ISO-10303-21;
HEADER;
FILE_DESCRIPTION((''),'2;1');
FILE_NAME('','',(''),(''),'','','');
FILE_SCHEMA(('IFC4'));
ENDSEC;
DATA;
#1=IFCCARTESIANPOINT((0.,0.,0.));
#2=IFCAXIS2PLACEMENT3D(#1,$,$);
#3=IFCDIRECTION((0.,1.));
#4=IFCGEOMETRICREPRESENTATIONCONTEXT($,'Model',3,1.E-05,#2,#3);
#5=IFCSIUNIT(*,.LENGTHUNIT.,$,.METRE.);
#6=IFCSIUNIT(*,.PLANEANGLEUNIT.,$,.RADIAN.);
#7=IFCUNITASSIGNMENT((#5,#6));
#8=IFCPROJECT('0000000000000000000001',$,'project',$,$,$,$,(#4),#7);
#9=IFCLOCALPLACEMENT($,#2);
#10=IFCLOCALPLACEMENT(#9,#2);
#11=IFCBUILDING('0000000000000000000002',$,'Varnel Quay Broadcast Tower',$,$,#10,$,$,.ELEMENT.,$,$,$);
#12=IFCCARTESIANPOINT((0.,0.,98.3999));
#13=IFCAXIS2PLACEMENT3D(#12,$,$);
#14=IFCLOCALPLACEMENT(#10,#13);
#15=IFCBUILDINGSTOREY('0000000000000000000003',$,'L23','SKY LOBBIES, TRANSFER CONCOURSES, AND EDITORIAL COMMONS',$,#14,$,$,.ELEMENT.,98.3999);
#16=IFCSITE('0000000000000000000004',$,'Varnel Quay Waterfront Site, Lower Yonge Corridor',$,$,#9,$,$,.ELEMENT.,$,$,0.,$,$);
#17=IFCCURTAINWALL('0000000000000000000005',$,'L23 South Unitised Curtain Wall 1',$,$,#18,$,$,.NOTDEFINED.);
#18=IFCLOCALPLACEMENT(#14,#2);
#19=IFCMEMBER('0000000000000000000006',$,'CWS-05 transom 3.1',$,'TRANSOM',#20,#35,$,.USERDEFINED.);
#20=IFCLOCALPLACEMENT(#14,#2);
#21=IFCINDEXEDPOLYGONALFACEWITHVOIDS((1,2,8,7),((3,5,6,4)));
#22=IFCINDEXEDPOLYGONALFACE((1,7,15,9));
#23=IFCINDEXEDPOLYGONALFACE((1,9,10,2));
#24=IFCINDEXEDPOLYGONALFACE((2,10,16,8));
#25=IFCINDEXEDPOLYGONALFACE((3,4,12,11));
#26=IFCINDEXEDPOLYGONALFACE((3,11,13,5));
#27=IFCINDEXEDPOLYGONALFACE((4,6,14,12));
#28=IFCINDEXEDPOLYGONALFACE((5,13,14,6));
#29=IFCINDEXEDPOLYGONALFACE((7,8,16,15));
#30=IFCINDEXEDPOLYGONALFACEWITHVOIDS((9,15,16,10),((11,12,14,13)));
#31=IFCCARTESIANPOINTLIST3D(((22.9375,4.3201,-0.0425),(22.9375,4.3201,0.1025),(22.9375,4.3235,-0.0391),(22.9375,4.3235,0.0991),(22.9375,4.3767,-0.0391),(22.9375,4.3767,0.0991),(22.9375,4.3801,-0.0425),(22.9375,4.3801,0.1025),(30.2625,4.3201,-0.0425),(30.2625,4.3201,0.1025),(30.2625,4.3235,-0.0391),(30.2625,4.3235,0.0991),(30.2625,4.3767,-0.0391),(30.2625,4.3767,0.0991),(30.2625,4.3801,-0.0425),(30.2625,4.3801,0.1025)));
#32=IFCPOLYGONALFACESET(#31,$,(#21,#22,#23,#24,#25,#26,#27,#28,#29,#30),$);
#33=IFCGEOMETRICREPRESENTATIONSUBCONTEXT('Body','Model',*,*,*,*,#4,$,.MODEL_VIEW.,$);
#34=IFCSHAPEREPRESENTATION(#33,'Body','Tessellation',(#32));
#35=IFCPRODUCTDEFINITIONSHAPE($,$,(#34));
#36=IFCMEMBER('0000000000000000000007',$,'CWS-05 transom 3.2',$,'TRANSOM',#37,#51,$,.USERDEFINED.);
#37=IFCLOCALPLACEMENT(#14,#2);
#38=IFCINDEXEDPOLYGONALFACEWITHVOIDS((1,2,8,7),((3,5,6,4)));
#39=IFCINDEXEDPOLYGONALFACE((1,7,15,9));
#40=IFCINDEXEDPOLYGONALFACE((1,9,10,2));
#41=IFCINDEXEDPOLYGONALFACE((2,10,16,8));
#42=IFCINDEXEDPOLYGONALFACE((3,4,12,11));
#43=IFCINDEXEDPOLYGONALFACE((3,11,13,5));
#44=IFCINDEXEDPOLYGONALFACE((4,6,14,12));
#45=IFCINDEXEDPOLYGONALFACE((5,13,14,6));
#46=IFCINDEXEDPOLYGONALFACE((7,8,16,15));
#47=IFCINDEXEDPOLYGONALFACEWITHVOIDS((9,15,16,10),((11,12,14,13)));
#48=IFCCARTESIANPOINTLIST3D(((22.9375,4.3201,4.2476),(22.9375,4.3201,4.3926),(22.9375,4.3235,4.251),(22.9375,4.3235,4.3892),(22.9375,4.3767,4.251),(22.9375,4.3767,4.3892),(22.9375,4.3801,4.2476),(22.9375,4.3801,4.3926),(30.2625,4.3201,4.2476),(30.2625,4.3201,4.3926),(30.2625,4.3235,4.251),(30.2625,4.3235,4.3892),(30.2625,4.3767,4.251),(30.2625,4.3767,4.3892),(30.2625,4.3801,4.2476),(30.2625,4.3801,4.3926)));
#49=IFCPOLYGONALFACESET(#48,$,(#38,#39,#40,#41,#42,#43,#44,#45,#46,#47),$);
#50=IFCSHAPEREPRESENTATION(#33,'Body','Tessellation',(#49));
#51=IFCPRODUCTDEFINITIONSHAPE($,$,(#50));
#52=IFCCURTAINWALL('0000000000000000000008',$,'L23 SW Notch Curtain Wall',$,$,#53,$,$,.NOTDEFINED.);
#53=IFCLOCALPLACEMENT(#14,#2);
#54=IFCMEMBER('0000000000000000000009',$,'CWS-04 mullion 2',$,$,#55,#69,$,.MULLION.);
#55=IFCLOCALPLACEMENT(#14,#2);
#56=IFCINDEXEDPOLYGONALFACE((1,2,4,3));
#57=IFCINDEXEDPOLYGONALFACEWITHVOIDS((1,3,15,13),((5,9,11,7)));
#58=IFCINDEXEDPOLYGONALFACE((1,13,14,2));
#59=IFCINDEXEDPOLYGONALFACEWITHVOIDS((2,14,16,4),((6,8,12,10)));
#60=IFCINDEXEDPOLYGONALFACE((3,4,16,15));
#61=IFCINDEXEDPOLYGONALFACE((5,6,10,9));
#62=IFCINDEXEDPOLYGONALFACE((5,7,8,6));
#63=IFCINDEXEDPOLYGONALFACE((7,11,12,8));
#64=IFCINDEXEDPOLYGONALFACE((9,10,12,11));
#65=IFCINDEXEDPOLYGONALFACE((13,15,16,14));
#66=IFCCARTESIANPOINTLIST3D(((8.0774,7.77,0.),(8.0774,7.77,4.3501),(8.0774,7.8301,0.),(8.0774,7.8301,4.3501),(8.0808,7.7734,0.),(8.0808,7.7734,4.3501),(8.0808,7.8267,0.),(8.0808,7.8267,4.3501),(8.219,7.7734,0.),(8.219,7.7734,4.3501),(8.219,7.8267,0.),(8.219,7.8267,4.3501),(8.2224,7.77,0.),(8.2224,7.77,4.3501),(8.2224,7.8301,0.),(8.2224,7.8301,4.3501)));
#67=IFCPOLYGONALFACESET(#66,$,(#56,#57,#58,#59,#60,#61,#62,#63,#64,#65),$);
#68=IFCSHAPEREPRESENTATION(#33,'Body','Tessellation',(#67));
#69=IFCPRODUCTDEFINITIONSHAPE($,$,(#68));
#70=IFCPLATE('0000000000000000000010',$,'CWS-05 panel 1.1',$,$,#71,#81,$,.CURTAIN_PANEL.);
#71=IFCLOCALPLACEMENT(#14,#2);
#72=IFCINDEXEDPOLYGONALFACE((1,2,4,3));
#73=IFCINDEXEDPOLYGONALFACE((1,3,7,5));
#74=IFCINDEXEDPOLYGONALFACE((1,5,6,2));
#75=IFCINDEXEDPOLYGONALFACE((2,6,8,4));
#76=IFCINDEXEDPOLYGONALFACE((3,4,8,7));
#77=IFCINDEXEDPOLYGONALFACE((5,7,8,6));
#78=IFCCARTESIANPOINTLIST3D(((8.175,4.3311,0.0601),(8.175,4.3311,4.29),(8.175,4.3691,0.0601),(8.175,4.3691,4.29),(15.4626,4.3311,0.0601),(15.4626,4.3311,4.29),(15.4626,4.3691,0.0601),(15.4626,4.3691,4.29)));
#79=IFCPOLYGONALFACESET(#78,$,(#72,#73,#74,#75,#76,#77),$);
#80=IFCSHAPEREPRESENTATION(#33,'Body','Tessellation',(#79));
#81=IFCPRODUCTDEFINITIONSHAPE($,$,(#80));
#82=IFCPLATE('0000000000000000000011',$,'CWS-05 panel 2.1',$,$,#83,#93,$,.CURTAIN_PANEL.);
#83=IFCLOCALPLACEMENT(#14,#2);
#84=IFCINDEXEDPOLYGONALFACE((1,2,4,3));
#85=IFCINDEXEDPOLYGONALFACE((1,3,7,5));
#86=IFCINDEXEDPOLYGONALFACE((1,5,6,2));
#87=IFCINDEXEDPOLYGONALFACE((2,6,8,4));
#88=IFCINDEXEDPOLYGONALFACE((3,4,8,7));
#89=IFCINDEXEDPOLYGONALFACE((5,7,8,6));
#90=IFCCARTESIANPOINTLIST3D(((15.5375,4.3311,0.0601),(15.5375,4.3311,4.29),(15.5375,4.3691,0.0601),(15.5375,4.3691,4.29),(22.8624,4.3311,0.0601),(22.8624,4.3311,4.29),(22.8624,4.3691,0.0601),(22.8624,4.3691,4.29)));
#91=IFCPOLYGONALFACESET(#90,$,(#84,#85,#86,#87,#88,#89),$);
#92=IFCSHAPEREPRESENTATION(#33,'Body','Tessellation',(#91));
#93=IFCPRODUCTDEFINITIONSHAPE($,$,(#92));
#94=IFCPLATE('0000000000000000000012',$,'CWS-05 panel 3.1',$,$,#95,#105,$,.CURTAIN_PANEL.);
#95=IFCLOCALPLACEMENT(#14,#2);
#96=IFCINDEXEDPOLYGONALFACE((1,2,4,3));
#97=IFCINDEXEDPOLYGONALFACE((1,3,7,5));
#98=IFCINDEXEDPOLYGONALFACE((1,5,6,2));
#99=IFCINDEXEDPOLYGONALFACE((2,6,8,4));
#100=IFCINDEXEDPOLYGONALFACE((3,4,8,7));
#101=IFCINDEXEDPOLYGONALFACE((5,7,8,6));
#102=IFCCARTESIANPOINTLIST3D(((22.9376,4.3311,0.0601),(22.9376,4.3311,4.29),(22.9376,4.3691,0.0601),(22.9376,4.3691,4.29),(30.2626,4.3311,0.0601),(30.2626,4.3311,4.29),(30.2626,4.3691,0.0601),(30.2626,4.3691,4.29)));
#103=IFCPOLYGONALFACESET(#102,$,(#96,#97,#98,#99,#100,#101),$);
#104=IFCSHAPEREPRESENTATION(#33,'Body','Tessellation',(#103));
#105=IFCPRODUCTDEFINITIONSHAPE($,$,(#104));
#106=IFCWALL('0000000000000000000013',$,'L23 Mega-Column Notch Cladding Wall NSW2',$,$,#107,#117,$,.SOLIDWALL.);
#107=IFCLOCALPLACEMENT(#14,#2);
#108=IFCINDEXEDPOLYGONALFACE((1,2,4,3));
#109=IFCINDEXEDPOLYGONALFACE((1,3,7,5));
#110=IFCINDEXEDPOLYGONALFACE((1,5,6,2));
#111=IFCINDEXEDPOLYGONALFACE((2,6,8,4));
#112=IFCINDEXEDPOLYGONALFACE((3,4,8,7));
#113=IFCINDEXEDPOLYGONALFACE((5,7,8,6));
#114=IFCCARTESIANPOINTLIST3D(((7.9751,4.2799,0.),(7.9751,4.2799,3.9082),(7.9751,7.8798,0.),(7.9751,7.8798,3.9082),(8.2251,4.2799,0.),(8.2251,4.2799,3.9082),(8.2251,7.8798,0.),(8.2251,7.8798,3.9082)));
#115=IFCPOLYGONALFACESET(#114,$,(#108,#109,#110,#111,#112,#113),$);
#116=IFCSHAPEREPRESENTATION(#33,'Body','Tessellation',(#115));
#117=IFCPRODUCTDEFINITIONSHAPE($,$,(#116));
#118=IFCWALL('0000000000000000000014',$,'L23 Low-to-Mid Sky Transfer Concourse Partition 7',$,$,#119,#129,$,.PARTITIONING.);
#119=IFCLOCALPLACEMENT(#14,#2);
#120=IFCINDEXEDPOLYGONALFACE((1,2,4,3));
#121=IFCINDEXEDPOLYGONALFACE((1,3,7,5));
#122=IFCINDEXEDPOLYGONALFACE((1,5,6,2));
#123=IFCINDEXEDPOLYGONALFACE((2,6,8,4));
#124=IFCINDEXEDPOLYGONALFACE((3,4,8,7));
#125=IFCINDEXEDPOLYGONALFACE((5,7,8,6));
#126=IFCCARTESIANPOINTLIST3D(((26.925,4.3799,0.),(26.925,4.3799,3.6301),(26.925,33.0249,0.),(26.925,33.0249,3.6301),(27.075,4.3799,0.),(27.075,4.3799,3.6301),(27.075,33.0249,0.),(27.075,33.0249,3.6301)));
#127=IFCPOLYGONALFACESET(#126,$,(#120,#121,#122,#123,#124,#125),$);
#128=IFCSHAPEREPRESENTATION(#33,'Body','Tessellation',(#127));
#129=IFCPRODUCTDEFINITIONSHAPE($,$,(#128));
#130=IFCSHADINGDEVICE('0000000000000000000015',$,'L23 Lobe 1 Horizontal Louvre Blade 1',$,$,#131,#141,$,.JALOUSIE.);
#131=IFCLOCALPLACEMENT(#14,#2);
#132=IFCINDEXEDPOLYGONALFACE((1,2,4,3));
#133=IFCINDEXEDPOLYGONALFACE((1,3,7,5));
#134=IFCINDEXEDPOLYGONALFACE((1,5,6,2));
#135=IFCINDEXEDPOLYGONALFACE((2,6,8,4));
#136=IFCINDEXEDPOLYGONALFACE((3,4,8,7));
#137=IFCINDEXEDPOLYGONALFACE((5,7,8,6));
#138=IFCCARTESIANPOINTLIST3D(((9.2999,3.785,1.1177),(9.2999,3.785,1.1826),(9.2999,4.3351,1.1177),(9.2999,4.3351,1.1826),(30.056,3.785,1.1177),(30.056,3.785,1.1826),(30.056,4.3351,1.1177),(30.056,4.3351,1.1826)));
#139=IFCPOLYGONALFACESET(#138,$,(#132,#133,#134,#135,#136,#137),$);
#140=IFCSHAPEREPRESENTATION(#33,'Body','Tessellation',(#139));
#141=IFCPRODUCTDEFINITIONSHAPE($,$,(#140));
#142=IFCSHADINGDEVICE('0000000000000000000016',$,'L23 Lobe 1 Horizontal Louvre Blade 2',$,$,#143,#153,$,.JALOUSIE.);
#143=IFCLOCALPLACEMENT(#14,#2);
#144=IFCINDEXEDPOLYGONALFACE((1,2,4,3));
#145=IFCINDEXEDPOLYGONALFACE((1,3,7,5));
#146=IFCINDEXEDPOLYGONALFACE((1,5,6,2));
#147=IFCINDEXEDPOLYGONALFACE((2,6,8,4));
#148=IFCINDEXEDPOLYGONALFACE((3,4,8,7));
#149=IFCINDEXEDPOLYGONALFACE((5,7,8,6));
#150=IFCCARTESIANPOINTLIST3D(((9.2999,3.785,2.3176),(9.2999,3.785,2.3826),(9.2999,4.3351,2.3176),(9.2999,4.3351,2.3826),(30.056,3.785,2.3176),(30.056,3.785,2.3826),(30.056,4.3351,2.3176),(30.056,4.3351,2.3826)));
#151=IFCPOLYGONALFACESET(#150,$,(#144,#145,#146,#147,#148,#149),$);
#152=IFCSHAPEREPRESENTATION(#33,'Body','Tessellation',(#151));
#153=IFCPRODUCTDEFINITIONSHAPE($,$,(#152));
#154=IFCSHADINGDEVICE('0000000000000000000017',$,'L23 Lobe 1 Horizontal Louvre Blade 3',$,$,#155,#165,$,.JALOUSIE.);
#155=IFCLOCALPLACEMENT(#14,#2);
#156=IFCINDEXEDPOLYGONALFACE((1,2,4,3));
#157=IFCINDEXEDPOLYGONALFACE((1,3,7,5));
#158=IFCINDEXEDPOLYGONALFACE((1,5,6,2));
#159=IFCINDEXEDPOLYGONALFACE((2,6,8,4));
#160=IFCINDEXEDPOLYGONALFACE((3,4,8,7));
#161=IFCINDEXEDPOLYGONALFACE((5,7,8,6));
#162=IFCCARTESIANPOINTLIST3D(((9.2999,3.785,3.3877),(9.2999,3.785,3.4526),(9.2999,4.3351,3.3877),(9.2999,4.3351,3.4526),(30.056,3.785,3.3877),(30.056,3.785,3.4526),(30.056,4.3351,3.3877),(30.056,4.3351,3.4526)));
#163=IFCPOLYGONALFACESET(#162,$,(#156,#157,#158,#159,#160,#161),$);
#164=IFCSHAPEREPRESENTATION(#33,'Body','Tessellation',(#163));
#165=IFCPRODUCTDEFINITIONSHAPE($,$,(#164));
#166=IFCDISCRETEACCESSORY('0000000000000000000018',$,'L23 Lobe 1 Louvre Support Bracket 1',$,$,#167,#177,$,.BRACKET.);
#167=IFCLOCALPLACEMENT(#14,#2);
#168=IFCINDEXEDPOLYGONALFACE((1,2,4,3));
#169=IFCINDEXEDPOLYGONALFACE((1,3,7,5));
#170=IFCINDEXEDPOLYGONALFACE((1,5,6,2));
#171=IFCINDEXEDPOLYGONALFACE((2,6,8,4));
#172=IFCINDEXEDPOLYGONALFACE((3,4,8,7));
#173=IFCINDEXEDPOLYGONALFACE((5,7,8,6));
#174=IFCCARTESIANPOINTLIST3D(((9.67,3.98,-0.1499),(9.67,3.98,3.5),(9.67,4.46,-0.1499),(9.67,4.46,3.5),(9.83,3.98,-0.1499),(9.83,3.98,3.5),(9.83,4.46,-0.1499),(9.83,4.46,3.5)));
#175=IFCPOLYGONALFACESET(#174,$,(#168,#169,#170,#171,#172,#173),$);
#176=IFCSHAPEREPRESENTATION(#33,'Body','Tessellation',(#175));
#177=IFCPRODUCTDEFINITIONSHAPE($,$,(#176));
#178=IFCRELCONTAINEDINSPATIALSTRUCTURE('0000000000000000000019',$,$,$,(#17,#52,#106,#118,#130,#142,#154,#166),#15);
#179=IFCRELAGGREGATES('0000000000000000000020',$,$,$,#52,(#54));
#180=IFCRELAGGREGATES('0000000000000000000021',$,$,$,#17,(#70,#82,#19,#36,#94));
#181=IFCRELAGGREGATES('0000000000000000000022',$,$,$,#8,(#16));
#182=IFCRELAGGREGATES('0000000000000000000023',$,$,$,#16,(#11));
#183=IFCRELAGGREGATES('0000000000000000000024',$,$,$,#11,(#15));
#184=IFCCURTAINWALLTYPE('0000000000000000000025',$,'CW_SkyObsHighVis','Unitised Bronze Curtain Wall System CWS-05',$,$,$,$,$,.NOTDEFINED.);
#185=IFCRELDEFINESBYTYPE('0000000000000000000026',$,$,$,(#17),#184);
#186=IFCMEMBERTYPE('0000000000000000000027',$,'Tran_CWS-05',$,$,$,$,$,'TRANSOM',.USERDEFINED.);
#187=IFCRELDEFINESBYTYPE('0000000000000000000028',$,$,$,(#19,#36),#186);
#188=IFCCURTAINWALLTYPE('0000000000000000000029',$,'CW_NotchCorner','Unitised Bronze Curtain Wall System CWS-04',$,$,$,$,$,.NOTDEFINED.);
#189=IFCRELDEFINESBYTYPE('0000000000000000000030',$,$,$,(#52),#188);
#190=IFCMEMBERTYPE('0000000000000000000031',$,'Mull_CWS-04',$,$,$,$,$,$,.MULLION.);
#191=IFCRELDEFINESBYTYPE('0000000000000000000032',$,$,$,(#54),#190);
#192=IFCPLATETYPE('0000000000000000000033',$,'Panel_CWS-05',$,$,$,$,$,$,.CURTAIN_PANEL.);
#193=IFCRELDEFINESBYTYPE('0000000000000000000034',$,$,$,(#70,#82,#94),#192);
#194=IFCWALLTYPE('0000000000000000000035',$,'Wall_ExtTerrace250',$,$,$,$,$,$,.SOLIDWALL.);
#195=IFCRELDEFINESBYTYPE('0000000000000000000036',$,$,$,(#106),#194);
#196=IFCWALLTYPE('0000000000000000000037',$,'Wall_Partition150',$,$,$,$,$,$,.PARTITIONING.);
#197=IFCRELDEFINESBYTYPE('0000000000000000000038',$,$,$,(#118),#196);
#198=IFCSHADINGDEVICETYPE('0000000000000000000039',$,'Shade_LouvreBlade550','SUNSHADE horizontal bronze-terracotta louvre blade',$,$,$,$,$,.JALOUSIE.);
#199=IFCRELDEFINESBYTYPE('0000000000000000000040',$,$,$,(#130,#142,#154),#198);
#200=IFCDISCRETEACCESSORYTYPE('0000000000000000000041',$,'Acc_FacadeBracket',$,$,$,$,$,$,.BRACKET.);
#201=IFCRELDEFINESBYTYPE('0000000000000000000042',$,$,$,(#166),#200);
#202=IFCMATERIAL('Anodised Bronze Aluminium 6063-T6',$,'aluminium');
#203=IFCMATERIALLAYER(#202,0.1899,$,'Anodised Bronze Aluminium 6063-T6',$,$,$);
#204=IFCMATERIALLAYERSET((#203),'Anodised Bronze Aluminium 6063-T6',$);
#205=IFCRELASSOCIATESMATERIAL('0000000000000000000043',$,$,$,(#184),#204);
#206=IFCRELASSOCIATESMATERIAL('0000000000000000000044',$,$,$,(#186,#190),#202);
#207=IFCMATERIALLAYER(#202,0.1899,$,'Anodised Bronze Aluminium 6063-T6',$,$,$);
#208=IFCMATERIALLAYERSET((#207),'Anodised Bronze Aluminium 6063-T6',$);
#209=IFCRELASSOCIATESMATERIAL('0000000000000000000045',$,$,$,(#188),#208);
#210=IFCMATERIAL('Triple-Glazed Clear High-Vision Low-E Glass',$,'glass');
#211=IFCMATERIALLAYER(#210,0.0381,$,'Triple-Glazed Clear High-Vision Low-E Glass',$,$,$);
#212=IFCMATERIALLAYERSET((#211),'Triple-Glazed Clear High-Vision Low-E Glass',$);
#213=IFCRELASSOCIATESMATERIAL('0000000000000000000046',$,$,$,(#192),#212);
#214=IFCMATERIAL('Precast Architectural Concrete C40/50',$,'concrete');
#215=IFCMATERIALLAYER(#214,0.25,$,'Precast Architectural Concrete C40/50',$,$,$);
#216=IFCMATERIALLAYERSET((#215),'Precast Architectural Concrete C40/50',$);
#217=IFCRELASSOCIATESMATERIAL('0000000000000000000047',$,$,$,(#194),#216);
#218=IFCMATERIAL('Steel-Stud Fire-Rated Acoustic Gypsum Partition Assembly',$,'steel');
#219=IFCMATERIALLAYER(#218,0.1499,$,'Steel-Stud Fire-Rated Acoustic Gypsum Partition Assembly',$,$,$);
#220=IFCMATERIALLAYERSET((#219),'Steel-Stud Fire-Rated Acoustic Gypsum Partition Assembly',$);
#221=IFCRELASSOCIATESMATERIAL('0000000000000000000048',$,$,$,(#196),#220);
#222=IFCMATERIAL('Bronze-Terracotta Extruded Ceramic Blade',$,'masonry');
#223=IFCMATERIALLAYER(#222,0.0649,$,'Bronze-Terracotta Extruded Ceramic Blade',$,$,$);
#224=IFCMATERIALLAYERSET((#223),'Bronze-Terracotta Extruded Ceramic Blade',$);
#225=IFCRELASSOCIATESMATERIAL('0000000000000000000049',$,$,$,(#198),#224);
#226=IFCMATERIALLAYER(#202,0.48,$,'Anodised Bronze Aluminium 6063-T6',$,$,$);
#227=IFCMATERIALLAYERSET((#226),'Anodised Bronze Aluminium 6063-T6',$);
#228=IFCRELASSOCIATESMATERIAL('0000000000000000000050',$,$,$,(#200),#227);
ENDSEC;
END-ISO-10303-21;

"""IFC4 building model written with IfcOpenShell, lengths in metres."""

from ifc_helpers import new_model, si_unit, direction, frame, frame_2d, origin, origin_2d, place, context, subcontext, project, spatial, rectangle, hollow_rectangle, extrude, source, transform, mapped, material, layer, layer_set, material_profile, profile_set, type_object, type_shapes, element, aggregate, save


model = new_model("IFC4")

# Units and contexts
model_context = context("Model", 3, precision=1e-05, world=origin(), true_north=direction((0.0, 1.0)))
body_context = subcontext(model_context, "Body", "Model", "MODEL_VIEW")
ifc_project = project(units=[si_unit("LENGTHUNIT", "METRE"), si_unit("PLANEANGLEUNIT", "RADIAN")], contexts=[model_context])

# Site, building, storey
site_placement = place(None, origin())
site = spatial("IfcSite", under=ifc_project, at=site_placement, Name="Varnel Quay Waterfront Site, Lower Yonge Corridor", CompositionType="ELEMENT", RefElevation=0.0)
building_placement = place(site_placement, origin())
building = spatial("IfcBuilding", under=site, at=building_placement, Name="Varnel Quay Broadcast Tower", CompositionType="ELEMENT")
storey_placement = place(building_placement, frame((0.0, 0.0, 98.3999)))
storey = spatial("IfcBuildingStorey", under=building, at=storey_placement, Name="L23", Description="SKY LOBBIES, TRANSFER CONCOURSES, AND EDITORIAL COMMONS", CompositionType="ELEMENT", Elevation=98.3999)

# Curtain wall, members
ifc_material_1 = material(Name="Anodised Bronze Aluminium 6063-T6", Category="aluminium")
ifc_layer_1 = layer(ifc_material_1, 0.1899, Name="Anodised Bronze Aluminium 6063-T6")
ifc_layer_set_1 = layer_set([ifc_layer_1], Name="Anodised Bronze Aluminium 6063-T6")
curtain_wall_type_1 = type_object("IfcCurtainWallType", Name="CW_SkyObsHighVis", Description="Unitised Bronze Curtain Wall System CWS-05", PredefinedType="NOTDEFINED", material=ifc_layer_set_1)
curtain_wall_1_placement = place(storey_placement, origin())
curtain_wall_1 = element("IfcCurtainWall", 1, at=curtain_wall_1_placement, inside=storey, type_object=curtain_wall_type_1, Name="L23 South Unitised Curtain Wall 1", PredefinedType="NOTDEFINED")
ifc_material_profile_1 = material_profile(ifc_material_1, hollow_rectangle(XDim=0.0601, YDim=0.145, WallThickness=0.0034, at=origin_2d()), Name="ALU60X145X3.5")
ifc_profile_set_1 = profile_set([ifc_material_profile_1], Name="Anodised Bronze Aluminium 6063-T6")
member_type_1 = type_object("IfcMemberType", Name="Tran_CWS-05", ElementType="TRANSOM", PredefinedType="USERDEFINED", material=ifc_profile_set_1)
shared_shape_1 = source(origin(), body_context, "Body", "SweptSolid", [
    extrude(hollow_rectangle(XDim=0.0601, YDim=0.145, WallThickness=0.0034, at=origin_2d()), origin(), (0.0, 0.0, 1.0), 7.325),
])
member_1_placement = place(storey_placement, frame((22.9375, 4.3501, 0.03), z_axis=(1.0, 0.0, 0.0), x_axis=(0.0, 1.0, 0.0)))
member_1 = element("IfcMember", 2, at=member_1_placement, type_object=member_type_1, Name="CWS-05 transom 3.1", ObjectType="TRANSOM", PredefinedType="USERDEFINED", context=body_context, shape_type="MappedRepresentation", body=[
    mapped(shared_shape_1, transform((0.0, 0.0, 0.0), x_axis=(1.0, 0.0, 0.0), y_axis=(0.0, 1.0, 0.0), z_axis=(0.0, 0.0, 1.0), scale=1.0)),
])
member_2_placement = place(storey_placement, frame((22.9375, 4.3501, 4.3201), z_axis=(1.0, 0.0, 0.0), x_axis=(0.0, 1.0, 0.0)))
member_2 = element("IfcMember", 3, at=member_2_placement, type_object=member_type_1, Name="CWS-05 transom 3.2", ObjectType="TRANSOM", PredefinedType="USERDEFINED", context=body_context, shape_type="MappedRepresentation", body=[
    mapped(shared_shape_1, transform((0.0, 0.0, 0.0), x_axis=(1.0, 0.0, 0.0), y_axis=(0.0, 1.0, 0.0), z_axis=(0.0, 0.0, 1.0), scale=1.0)),
])

# Curtain wall, member
ifc_layer_2 = layer(ifc_material_1, 0.1899, Name="Anodised Bronze Aluminium 6063-T6")
ifc_layer_set_2 = layer_set([ifc_layer_2], Name="Anodised Bronze Aluminium 6063-T6")
curtain_wall_type_2 = type_object("IfcCurtainWallType", Name="CW_NotchCorner", Description="Unitised Bronze Curtain Wall System CWS-04", PredefinedType="NOTDEFINED", material=ifc_layer_set_2)
curtain_wall_2_placement = place(storey_placement, origin())
curtain_wall_2 = element("IfcCurtainWall", 4, at=curtain_wall_2_placement, inside=storey, type_object=curtain_wall_type_2, Name="L23 SW Notch Curtain Wall", PredefinedType="NOTDEFINED")
ifc_material_profile_2 = material_profile(ifc_material_1, hollow_rectangle(XDim=0.0601, YDim=0.145, WallThickness=0.0034, at=origin_2d()), Name="ALU60X145X3.5")
ifc_profile_set_2 = profile_set([ifc_material_profile_2], Name="Anodised Bronze Aluminium 6063-T6")
member_type_2 = type_object("IfcMemberType", Name="Mull_CWS-04", PredefinedType="MULLION", material=ifc_profile_set_2)
shared_shape_2 = source(origin(), body_context, "Body", "SweptSolid", [
    extrude(hollow_rectangle(XDim=0.0601, YDim=0.145, WallThickness=0.0034, at=origin_2d()), origin(), (0.0, 0.0, 1.0), 4.3501),
])
type_shapes(member_type_2, [shared_shape_2])
member_3_placement = place(storey_placement, frame((8.1499, 7.8, 0.0), z_axis=(0.0, 0.0, 1.0), x_axis=(0.0, 1.0, 0.0)))
member_3 = element("IfcMember", 5, at=member_3_placement, type_object=member_type_2, Name="CWS-04 mullion 2", PredefinedType="MULLION", context=body_context, shape_type="MappedRepresentation", body=[
    mapped(shared_shape_2, transform((0.0, 0.0, 0.0), x_axis=(1.0, 0.0, 0.0), y_axis=(0.0, 1.0, 0.0), z_axis=(0.0, 0.0, 1.0), scale=1.0)),
])
aggregate(curtain_wall_2, [member_3])

# Plates
ifc_material_2 = material(Name="Triple-Glazed Clear High-Vision Low-E Glass", Category="glass")
ifc_layer_3 = layer(ifc_material_2, 0.0381, Name="Triple-Glazed Clear High-Vision Low-E Glass")
ifc_layer_set_3 = layer_set([ifc_layer_3], Name="Triple-Glazed Clear High-Vision Low-E Glass")
plate_type = type_object("IfcPlateType", Name="Panel_CWS-05", PredefinedType="CURTAIN_PANEL", material=ifc_layer_set_3)
shared_shape_3 = source(origin(), body_context, "Body", "SweptSolid", [
    extrude(rectangle(XDim=7.2876, YDim=0.0381, at=origin_2d()), origin(), (0.0, 0.0, 1.0), 4.23),
])
plate_1_placement = place(storey_placement, frame((11.8188, 4.3501, 0.0601), z_axis=(0.0, 0.0, 1.0), x_axis=(1.0, 0.0, 0.0)))
plate_1 = element("IfcPlate", 6, at=plate_1_placement, type_object=plate_type, Name="CWS-05 panel 1.1", PredefinedType="CURTAIN_PANEL", context=body_context, shape_type="MappedRepresentation", body=[
    mapped(shared_shape_3, transform((0.0, 0.0, 0.0), x_axis=(1.0, 0.0, 0.0), y_axis=(0.0, 1.0, 0.0), z_axis=(0.0, 0.0, 1.0), scale=1.0)),
])
shared_shape_4 = source(origin(), body_context, "Body", "SweptSolid", [
    extrude(rectangle(XDim=7.325, YDim=0.0381, at=origin_2d()), origin(), (0.0, 0.0, 1.0), 4.23),
])
type_shapes(plate_type, [shared_shape_3, shared_shape_4])
plate_2_placement = place(storey_placement, frame((19.2, 4.3501, 0.0601), z_axis=(0.0, 0.0, 1.0), x_axis=(1.0, 0.0, 0.0)))
plate_2 = element("IfcPlate", 7, at=plate_2_placement, type_object=plate_type, Name="CWS-05 panel 2.1", PredefinedType="CURTAIN_PANEL", context=body_context, shape_type="MappedRepresentation", body=[
    mapped(shared_shape_4, transform((0.0, 0.0, 0.0), x_axis=(1.0, 0.0, 0.0), y_axis=(0.0, 1.0, 0.0), z_axis=(0.0, 0.0, 1.0), scale=1.0)),
])
plate_3_placement = place(storey_placement, frame((26.6001, 4.3501, 0.0601), z_axis=(0.0, 0.0, 1.0), x_axis=(1.0, 0.0, 0.0)))
plate_3 = element("IfcPlate", 8, at=plate_3_placement, type_object=plate_type, Name="CWS-05 panel 3.1", PredefinedType="CURTAIN_PANEL", context=body_context, shape_type="MappedRepresentation", body=[
    mapped(shared_shape_4, transform((0.0, 0.0, 0.0), x_axis=(1.0, 0.0, 0.0), y_axis=(0.0, 1.0, 0.0), z_axis=(0.0, 0.0, 1.0), scale=1.0)),
])
aggregate(curtain_wall_1, [plate_1, plate_2, member_1, member_2, plate_3])

# Walls
ifc_material_3 = material(Name="Precast Architectural Concrete C40/50", Category="concrete")
ifc_layer_4 = layer(ifc_material_3, 0.25, Name="Precast Architectural Concrete C40/50")
ifc_layer_set_4 = layer_set([ifc_layer_4], Name="Precast Architectural Concrete C40/50")
wall_type_1 = type_object("IfcWallType", Name="Wall_ExtTerrace250", PredefinedType="SOLIDWALL", material=ifc_layer_set_4)
wall_1_placement = place(storey_placement, frame((8.1001, 4.28, 0.0), z_axis=(0.0, 0.0, 1.0), x_axis=(0.0, 1.0, 0.0)))
element("IfcWall", 9, at=wall_1_placement, inside=storey, type_object=wall_type_1, Name="L23 Mega-Column Notch Cladding Wall NSW2", PredefinedType="SOLIDWALL", context=body_context, shape_type="SweptSolid", body=[
    extrude(rectangle(XDim=3.5999, YDim=0.25, at=frame_2d((1.7998, 0.0))), origin(), (0.0, 0.0, 1.0), 3.9082),
])
ifc_material_4 = material(Name="Steel-Stud Fire-Rated Acoustic Gypsum Partition Assembly", Category="steel")
ifc_layer_5 = layer(ifc_material_4, 0.1499, Name="Steel-Stud Fire-Rated Acoustic Gypsum Partition Assembly")
ifc_layer_set_5 = layer_set([ifc_layer_5], Name="Steel-Stud Fire-Rated Acoustic Gypsum Partition Assembly")
wall_type_2 = type_object("IfcWallType", Name="Wall_Partition150", PredefinedType="PARTITIONING", material=ifc_layer_set_5)
wall_2_placement = place(storey_placement, frame((27.0, 4.3799, 0.0), z_axis=(0.0, 0.0, 1.0), x_axis=(0.0, 1.0, 0.0)))
element("IfcWall", 10, at=wall_2_placement, inside=storey, type_object=wall_type_2, Name="L23 Low-to-Mid Sky Transfer Concourse Partition 7", PredefinedType="PARTITIONING", context=body_context, shape_type="SweptSolid", body=[
    extrude(rectangle(XDim=28.645, YDim=0.1499, at=frame_2d((14.3225, 0.0))), origin(), (0.0, 0.0, 1.0), 3.6301),
])

# Shading devices
ifc_material_5 = material(Name="Bronze-Terracotta Extruded Ceramic Blade", Category="masonry")
ifc_layer_6 = layer(ifc_material_5, 0.0649, Name="Bronze-Terracotta Extruded Ceramic Blade")
ifc_layer_set_6 = layer_set([ifc_layer_6], Name="Bronze-Terracotta Extruded Ceramic Blade")
shading_device_type = type_object("IfcShadingDeviceType", Name="Shade_LouvreBlade550", Description="SUNSHADE horizontal bronze-terracotta louvre blade", PredefinedType="JALOUSIE", material=ifc_layer_set_6)
shared_shape_5 = source(origin(), body_context, "Body", "SweptSolid", [
    extrude(rectangle(XDim=20.7561, YDim=0.55, at=origin_2d()), origin(), (0.0, 0.0, 1.0), 0.0649),
])
type_shapes(shading_device_type, [shared_shape_5])
for number, where, z_axis, x_axis, name in (
    (11, (19.678, 4.0601, 1.1177), (0.0, 0.0, 1.0), (1.0, 0.0, 0.0), "L23 Lobe 1 Horizontal Louvre Blade 1"),
    (12, (19.678, 4.0601, 2.3176), (0.0, 0.0, 1.0), (1.0, 0.0, 0.0), "L23 Lobe 1 Horizontal Louvre Blade 2"),
    (13, (19.678, 4.0601, 3.3877), (0.0, 0.0, 1.0), (1.0, 0.0, 0.0), "L23 Lobe 1 Horizontal Louvre Blade 3"),
):
    element("IfcShadingDevice", number, at=place(storey_placement, frame(where, z_axis=z_axis, x_axis=x_axis)), inside=storey, type_object=shading_device_type, Name=name, PredefinedType="JALOUSIE", context=body_context, shape_type="MappedRepresentation", body=[
        mapped(shared_shape_5, transform((0.0, 0.0, 0.0), x_axis=(1.0, 0.0, 0.0), y_axis=(0.0, 1.0, 0.0), z_axis=(0.0, 0.0, 1.0), scale=1.0)),
    ])

# Discrete accessory
ifc_layer_7 = layer(ifc_material_1, 0.48, Name="Anodised Bronze Aluminium 6063-T6")
ifc_layer_set_7 = layer_set([ifc_layer_7], Name="Anodised Bronze Aluminium 6063-T6")
discrete_accessory_type = type_object("IfcDiscreteAccessoryType", Name="Acc_FacadeBracket", PredefinedType="BRACKET", material=ifc_layer_set_7)
shared_shape_6 = source(origin(), body_context, "Body", "SweptSolid", [
    extrude(rectangle(XDim=0.1599, YDim=0.48, at=origin_2d()), origin(), (0.0, 0.0, 1.0), 3.6499),
])
type_shapes(discrete_accessory_type, [shared_shape_6])
discrete_accessory_placement = place(storey_placement, frame((9.75, 4.22, -0.1499), z_axis=(0.0, 0.0, 1.0), x_axis=(1.0, 0.0, 0.0)))
element("IfcDiscreteAccessory", 14, at=discrete_accessory_placement, inside=storey, type_object=discrete_accessory_type, Name="L23 Lobe 1 Louvre Support Bracket 1", PredefinedType="BRACKET", context=body_context, shape_type="MappedRepresentation", body=[
    mapped(shared_shape_6, transform((0.0, 0.0, 0.0), x_axis=(1.0, 0.0, 0.0), y_axis=(0.0, 1.0, 0.0), z_axis=(0.0, 0.0, 1.0), scale=1.0)),
])

save(model, "model.ifc")
